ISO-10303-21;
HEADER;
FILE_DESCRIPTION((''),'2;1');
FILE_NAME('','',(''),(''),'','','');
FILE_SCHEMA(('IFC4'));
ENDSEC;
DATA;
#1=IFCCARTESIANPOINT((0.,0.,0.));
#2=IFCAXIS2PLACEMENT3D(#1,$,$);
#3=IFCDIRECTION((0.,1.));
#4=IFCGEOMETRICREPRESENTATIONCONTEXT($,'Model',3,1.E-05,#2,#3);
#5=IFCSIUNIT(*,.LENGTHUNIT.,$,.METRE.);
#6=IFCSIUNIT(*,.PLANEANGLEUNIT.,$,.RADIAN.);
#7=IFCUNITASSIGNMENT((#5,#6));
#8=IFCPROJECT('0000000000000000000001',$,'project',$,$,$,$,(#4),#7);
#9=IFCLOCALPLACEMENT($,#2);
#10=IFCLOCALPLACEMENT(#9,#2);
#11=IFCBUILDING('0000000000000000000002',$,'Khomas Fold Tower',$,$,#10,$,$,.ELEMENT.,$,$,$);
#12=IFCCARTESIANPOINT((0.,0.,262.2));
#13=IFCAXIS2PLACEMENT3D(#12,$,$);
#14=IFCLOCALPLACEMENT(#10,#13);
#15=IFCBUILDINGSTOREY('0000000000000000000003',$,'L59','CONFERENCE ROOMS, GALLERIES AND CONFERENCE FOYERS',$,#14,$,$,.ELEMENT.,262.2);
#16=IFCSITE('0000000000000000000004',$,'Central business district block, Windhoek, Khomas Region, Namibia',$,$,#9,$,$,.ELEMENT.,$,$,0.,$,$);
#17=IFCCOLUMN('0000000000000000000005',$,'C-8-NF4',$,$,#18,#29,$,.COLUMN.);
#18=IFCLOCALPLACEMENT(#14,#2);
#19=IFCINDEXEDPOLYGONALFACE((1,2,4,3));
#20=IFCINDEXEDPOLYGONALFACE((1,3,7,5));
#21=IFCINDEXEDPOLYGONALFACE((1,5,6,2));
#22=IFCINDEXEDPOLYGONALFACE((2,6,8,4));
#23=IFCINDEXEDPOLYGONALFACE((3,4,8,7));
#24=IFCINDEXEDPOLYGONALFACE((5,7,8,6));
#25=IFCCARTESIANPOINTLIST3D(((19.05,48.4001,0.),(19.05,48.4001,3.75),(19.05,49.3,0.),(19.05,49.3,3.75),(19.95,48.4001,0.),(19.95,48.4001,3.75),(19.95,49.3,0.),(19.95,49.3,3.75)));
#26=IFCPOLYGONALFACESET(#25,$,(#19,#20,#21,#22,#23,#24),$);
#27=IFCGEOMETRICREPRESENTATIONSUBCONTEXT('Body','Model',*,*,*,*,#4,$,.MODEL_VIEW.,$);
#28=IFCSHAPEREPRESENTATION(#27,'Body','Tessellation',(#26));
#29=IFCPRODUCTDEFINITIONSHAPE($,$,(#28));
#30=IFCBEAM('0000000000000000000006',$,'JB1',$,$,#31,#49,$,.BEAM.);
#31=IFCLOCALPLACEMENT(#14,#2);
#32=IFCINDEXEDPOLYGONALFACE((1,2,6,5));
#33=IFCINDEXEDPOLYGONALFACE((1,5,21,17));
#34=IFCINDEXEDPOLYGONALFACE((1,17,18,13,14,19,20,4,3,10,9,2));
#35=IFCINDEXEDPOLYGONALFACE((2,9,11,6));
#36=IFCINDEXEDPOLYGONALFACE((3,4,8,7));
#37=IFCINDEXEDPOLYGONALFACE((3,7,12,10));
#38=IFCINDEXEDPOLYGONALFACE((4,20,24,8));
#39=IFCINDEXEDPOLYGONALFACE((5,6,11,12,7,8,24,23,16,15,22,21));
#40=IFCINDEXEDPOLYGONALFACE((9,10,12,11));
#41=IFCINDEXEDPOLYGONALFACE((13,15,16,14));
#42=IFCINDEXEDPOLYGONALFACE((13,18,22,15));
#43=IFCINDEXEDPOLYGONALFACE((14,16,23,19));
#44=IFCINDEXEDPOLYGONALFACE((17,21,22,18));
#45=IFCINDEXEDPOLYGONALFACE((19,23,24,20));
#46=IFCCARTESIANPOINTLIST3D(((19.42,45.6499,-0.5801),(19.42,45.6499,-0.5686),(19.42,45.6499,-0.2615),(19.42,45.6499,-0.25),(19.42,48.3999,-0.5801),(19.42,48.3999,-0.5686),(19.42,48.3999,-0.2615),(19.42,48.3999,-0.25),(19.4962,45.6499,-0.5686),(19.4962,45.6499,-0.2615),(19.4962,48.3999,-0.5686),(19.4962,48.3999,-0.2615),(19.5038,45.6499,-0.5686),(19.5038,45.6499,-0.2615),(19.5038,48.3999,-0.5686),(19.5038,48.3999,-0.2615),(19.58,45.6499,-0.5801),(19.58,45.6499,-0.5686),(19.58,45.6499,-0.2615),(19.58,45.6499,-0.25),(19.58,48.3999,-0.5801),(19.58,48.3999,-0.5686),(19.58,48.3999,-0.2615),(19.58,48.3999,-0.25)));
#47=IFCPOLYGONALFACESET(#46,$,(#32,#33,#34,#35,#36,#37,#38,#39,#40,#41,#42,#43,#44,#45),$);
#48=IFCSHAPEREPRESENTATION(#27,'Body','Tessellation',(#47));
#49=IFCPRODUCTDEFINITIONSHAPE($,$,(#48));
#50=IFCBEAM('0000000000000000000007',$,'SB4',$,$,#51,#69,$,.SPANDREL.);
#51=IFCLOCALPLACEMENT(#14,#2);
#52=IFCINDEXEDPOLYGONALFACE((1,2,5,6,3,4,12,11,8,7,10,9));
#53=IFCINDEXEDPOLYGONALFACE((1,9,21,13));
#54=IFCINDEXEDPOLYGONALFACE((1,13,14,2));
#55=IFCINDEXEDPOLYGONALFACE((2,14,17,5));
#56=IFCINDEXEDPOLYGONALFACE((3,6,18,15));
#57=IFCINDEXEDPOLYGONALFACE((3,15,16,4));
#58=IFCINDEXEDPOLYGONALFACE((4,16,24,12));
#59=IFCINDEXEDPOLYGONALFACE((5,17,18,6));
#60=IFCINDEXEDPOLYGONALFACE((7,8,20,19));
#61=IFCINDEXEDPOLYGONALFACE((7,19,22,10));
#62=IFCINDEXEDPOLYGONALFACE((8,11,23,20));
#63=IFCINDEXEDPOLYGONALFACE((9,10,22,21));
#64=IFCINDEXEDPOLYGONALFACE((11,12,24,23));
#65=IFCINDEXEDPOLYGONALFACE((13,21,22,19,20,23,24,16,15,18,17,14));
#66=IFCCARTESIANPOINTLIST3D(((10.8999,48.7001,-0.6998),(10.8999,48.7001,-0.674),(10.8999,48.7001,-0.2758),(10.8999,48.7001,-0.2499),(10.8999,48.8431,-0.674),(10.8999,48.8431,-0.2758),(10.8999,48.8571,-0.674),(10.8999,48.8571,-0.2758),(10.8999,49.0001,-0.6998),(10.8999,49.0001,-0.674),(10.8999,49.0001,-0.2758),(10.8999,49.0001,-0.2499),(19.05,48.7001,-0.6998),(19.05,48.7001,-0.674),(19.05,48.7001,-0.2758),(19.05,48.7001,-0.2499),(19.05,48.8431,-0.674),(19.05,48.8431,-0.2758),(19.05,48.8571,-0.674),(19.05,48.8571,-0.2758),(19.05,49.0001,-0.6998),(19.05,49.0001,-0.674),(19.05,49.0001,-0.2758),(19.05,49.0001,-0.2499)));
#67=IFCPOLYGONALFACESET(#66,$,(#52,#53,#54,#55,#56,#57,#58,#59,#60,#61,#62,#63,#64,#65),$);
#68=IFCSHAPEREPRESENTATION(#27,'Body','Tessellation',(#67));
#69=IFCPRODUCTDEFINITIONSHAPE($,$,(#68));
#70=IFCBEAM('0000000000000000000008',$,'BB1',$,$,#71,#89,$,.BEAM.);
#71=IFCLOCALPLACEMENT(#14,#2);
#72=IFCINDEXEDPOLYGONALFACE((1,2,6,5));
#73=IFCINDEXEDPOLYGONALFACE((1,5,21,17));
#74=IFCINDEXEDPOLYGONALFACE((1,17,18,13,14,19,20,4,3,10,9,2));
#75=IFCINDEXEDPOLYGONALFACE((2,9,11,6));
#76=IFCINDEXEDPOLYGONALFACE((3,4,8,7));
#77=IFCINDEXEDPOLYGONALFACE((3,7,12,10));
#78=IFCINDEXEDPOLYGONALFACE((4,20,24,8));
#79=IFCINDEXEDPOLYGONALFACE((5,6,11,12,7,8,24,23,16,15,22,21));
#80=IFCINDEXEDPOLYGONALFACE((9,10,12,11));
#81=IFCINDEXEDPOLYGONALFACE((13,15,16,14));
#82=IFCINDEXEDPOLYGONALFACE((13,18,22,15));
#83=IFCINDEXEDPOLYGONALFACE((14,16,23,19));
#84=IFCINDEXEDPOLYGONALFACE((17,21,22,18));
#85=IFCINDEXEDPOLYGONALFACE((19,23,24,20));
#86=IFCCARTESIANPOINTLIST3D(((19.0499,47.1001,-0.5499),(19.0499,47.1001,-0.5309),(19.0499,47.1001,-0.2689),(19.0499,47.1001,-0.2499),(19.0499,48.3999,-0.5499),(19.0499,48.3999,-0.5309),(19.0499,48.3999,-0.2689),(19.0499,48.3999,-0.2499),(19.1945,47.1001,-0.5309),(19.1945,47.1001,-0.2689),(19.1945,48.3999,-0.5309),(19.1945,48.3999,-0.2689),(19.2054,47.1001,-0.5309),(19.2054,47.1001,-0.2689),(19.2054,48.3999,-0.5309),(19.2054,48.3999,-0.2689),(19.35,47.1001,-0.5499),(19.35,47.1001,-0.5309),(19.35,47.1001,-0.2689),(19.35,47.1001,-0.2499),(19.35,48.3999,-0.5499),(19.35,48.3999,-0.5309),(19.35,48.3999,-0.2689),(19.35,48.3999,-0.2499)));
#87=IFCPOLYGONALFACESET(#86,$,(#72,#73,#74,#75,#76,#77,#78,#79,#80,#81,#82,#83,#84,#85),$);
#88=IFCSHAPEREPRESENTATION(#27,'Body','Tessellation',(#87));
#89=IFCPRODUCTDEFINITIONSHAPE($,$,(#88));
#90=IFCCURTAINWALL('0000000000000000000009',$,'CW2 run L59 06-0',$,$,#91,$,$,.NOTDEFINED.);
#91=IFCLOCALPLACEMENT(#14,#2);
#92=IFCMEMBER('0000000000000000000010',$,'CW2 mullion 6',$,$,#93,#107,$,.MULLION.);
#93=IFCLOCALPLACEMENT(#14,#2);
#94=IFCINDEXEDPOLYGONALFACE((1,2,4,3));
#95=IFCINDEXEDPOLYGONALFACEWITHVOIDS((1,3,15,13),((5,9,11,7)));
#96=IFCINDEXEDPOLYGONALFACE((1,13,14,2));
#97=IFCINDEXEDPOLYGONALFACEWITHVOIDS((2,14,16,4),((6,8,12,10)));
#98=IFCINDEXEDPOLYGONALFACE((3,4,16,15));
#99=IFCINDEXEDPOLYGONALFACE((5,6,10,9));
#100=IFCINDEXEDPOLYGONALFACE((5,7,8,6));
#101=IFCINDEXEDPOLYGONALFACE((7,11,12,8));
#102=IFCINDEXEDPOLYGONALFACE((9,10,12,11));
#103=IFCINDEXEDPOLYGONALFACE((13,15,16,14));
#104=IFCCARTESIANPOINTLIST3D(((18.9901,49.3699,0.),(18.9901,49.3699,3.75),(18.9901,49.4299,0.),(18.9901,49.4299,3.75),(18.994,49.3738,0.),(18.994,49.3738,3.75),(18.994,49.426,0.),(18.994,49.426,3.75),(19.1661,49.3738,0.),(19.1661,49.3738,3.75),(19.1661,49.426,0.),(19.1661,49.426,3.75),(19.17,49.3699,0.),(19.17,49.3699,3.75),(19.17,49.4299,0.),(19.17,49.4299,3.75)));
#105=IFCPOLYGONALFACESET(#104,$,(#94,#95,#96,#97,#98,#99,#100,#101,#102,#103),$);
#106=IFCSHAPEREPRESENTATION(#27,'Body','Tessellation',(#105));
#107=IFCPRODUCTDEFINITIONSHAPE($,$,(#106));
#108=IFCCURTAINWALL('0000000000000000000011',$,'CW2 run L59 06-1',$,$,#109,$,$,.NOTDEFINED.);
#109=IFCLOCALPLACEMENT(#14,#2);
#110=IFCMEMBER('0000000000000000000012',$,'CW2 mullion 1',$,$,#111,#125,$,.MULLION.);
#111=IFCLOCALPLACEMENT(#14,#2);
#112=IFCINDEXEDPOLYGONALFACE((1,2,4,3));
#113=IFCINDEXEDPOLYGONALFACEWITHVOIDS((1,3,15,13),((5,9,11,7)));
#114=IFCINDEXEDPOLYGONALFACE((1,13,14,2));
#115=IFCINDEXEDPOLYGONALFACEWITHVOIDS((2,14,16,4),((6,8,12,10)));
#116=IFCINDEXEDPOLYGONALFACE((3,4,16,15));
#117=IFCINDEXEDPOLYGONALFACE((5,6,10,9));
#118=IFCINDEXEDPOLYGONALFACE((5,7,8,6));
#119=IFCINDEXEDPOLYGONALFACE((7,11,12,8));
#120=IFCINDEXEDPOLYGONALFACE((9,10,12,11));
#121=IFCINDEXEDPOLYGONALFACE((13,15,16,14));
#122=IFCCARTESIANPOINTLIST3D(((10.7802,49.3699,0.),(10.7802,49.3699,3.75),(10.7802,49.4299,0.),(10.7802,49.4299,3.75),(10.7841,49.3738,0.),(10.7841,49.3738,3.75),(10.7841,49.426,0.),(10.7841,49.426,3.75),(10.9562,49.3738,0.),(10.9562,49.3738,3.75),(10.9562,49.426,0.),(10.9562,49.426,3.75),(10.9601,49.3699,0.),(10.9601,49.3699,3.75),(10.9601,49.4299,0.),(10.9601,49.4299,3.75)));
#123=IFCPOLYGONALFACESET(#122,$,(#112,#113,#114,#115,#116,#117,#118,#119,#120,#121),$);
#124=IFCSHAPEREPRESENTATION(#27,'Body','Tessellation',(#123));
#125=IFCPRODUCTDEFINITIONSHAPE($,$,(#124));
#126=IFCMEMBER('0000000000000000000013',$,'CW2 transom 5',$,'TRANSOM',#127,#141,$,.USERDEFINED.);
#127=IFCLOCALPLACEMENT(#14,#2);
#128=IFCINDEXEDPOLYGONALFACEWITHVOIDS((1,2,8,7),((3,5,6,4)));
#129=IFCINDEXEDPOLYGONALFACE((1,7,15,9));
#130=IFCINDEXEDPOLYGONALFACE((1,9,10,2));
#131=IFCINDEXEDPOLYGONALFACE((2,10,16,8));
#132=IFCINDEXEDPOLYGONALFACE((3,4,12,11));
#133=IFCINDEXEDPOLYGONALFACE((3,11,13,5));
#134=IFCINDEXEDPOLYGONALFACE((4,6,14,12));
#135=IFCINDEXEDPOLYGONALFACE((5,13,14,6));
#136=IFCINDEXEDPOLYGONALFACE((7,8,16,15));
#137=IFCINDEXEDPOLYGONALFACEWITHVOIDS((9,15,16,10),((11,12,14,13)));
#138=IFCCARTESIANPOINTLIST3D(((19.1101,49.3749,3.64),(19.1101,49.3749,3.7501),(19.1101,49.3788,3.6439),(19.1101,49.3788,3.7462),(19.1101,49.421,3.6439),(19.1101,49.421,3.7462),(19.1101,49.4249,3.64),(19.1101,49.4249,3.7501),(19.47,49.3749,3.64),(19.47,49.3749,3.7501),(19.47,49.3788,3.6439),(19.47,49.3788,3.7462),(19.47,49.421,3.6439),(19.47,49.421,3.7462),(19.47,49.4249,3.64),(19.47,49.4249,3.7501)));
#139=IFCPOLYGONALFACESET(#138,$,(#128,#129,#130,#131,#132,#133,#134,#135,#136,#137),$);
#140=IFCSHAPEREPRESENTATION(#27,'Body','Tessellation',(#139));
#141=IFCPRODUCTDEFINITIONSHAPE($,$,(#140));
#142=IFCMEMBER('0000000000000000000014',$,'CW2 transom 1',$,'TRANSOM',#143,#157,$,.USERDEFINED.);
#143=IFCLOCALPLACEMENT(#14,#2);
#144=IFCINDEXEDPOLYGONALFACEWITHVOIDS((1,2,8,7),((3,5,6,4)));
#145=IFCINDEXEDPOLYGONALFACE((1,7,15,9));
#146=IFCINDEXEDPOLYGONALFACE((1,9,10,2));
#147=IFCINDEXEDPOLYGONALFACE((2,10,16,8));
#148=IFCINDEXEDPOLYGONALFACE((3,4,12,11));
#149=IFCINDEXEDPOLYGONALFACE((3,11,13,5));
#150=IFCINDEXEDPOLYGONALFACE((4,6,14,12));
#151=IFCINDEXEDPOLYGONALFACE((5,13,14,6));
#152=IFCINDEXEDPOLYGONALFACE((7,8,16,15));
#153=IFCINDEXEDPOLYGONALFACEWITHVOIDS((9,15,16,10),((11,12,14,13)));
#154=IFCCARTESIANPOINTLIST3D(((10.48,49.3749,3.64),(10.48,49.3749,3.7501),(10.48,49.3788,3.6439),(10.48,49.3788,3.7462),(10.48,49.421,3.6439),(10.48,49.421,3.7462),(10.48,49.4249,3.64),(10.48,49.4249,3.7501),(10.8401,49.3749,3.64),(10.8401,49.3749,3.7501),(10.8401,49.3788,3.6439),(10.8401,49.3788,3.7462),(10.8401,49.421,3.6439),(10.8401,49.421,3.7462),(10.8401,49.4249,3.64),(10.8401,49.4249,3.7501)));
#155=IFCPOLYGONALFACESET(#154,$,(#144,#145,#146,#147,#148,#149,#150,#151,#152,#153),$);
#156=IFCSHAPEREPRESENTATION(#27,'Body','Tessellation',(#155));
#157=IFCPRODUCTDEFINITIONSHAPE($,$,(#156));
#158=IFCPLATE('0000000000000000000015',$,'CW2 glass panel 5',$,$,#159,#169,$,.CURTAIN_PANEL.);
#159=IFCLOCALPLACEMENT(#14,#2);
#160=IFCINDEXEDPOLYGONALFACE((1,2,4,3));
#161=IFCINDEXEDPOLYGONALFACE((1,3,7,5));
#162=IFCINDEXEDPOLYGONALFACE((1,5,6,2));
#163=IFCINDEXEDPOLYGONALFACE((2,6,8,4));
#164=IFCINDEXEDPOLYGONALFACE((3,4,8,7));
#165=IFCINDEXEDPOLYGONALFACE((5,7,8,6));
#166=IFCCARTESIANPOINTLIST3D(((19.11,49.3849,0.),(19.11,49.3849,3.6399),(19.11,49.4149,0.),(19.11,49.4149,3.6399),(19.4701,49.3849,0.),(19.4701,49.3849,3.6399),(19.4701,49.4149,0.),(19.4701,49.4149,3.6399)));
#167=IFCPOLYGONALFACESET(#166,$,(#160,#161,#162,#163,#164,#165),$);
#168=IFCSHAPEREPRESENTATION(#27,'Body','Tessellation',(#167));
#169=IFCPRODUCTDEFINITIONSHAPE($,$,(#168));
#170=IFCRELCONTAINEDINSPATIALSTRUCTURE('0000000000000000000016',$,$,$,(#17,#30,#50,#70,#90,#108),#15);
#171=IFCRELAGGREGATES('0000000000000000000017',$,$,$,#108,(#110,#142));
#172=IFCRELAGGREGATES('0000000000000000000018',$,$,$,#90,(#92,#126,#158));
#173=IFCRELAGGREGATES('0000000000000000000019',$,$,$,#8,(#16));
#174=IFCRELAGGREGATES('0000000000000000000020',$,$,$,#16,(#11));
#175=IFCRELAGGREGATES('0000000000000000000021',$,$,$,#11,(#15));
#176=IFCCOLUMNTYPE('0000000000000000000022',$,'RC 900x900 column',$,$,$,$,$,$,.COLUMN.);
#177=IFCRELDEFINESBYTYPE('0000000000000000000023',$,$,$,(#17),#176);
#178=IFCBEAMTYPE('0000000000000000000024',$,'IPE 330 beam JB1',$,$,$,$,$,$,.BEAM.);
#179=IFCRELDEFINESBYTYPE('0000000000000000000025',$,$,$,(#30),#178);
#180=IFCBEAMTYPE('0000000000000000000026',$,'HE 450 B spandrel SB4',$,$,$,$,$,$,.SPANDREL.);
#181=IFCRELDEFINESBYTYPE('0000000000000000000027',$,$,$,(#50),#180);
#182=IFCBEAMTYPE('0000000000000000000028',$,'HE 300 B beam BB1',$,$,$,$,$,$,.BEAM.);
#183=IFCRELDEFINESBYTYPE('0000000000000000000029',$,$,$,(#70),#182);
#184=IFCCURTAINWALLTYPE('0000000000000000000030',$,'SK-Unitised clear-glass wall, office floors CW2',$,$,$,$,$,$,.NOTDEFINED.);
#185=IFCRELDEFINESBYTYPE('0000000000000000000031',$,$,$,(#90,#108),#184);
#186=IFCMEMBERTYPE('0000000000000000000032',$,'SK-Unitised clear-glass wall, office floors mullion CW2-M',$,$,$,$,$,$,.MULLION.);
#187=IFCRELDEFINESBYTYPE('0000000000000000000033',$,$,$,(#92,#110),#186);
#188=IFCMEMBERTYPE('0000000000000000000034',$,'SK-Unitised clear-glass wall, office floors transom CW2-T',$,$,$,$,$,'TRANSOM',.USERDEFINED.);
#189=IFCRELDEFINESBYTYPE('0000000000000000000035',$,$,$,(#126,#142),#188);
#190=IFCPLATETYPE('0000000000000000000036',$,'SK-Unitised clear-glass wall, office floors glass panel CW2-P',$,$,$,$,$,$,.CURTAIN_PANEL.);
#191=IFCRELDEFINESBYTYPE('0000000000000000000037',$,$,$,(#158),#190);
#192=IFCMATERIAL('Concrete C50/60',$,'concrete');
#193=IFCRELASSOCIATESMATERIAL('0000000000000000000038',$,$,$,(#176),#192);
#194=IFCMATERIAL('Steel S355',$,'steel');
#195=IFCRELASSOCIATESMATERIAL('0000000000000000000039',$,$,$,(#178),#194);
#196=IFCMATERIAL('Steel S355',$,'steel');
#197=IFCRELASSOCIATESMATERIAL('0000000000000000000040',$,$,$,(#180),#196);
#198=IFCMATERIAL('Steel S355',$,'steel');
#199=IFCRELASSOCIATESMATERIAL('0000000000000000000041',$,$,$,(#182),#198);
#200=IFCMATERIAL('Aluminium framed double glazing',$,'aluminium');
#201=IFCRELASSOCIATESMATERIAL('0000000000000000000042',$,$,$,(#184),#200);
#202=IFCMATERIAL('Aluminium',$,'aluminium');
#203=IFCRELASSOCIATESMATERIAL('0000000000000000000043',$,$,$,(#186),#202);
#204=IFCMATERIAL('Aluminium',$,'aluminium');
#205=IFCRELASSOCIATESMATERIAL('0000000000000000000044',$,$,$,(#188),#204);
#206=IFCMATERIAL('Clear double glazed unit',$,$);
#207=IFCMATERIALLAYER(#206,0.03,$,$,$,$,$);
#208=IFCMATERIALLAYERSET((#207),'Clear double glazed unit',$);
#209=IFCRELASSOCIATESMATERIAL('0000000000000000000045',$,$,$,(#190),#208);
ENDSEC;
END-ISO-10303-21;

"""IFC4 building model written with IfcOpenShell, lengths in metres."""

from ifc_helpers import new_model, si_unit, direction, frame, origin, origin_2d, place, context, subcontext, project, spatial, rectangle, hollow_rectangle, i_section, extrude, source, transform, mapped, material, layer, layer_set, material_profile, profile_set, type_object, element, aggregate, save


model = new_model("IFC4")

# Units and contexts
model_context = context("Model", 3, precision=1e-05, world=origin(), true_north=direction((0.0, 1.0)))
body_context = subcontext(model_context, "Body", "Model", "MODEL_VIEW")
ifc_project = project(units=[si_unit("LENGTHUNIT", "METRE"), si_unit("PLANEANGLEUNIT", "RADIAN")], contexts=[model_context])

# Site, building, storey
site_placement = place(None, origin())
site = spatial("IfcSite", under=ifc_project, at=site_placement, Name="Central business district block, Windhoek, Khomas Region, Namibia", CompositionType="ELEMENT", RefElevation=0.0)
building_placement = place(site_placement, origin())
building = spatial("IfcBuilding", under=site, at=building_placement, Name="Khomas Fold Tower", CompositionType="ELEMENT")
storey_placement = place(building_placement, frame((0.0, 0.0, 262.2)))
storey = spatial("IfcBuildingStorey", under=building, at=storey_placement, Name="L59", Description="CONFERENCE ROOMS, GALLERIES AND CONFERENCE FOYERS", CompositionType="ELEMENT", Elevation=262.2)

# Column
ifc_material_1 = material(Name="Concrete C50/60", Category="concrete")
ifc_material_profile_1 = material_profile(ifc_material_1, rectangle(XDim=0.8999, YDim=0.8999, at=origin_2d()), Name="RC 900x900")
ifc_profile_set_1 = profile_set([ifc_material_profile_1], Name="Concrete C50/60")
column_type = type_object("IfcColumnType", Name="RC 900x900 column", PredefinedType="COLUMN", material=ifc_profile_set_1)
shared_shape_1 = source(origin(), body_context, "Body", "SweptSolid", [
    extrude(rectangle(XDim=0.8999, YDim=0.8999, at=origin_2d()), origin(), (0.0, 0.0, 1.0), 3.75),
])
column_placement = place(storey_placement, frame((19.5, 48.8501, 0.0), z_axis=(0.0, 0.0, 1.0), x_axis=(1.0, 0.0, 0.0)))
element("IfcColumn", 1, at=column_placement, inside=storey, type_object=column_type, Name="C-8-NF4", PredefinedType="COLUMN", context=body_context, shape_type="MappedRepresentation", body=[
    mapped(shared_shape_1, transform((0.0, 0.0, 0.0))),
])

# Beams
ifc_material_2 = material(Name="Steel S355", Category="steel")
ifc_material_profile_2 = material_profile(ifc_material_2, i_section(OverallWidth=0.1599, OverallDepth=0.3301, WebThickness=0.0076, FlangeThickness=0.0115, at=origin_2d()), Name="IPE 330")
ifc_profile_set_2 = profile_set([ifc_material_profile_2], Name="Steel S355")
beam_type_1 = type_object("IfcBeamType", Name="IPE 330 beam JB1", PredefinedType="BEAM", material=ifc_profile_set_2)
shared_shape_2 = source(origin(), body_context, "Body", "SweptSolid", [
    extrude(i_section(OverallWidth=0.1599, OverallDepth=0.3301, WebThickness=0.0076, FlangeThickness=0.0115, at=origin_2d()), origin(), (0.0, 0.0, 1.0), 2.75),
])
beam_1_placement = place(storey_placement, frame((19.5, 45.6499, -0.415), z_axis=(0.0, 1.0, 0.0), x_axis=(-1.0, 0.0, 0.0)))
element("IfcBeam", 2, at=beam_1_placement, inside=storey, type_object=beam_type_1, Name="JB1", PredefinedType="BEAM", context=body_context, shape_type="MappedRepresentation", body=[
    mapped(shared_shape_2, transform((0.0, 0.0, 0.0))),
])
ifc_material_3 = material(Name="Steel S355", Category="steel")
ifc_material_profile_3 = material_profile(ifc_material_3, i_section(OverallWidth=0.3, OverallDepth=0.45, WebThickness=0.0139, FlangeThickness=0.0259, at=origin_2d()), Name="HE 450 B")
ifc_profile_set_3 = profile_set([ifc_material_profile_3], Name="Steel S355")
beam_type_2 = type_object("IfcBeamType", Name="HE 450 B spandrel SB4", PredefinedType="SPANDREL", material=ifc_profile_set_3)
shared_shape_3 = source(origin(), body_context, "Body", "SweptSolid", [
    extrude(i_section(OverallWidth=0.3, OverallDepth=0.45, WebThickness=0.0139, FlangeThickness=0.0259, at=origin_2d()), origin(), (0.0, 0.0, 1.0), 8.1501),
])
beam_2_placement = place(storey_placement, frame((10.8999, 48.8501, -0.4749), z_axis=(1.0, 0.0, 0.0), x_axis=(0.0, 1.0, 0.0)))
element("IfcBeam", 3, at=beam_2_placement, inside=storey, type_object=beam_type_2, Name="SB4", PredefinedType="SPANDREL", context=body_context, shape_type="MappedRepresentation", body=[
    mapped(shared_shape_3, transform((0.0, 0.0, 0.0))),
])
ifc_material_4 = material(Name="Steel S355", Category="steel")
ifc_material_profile_4 = material_profile(ifc_material_4, i_section(OverallWidth=0.3, OverallDepth=0.3, WebThickness=0.011, FlangeThickness=0.019, at=origin_2d()), Name="HE 300 B")
ifc_profile_set_4 = profile_set([ifc_material_profile_4], Name="Steel S355")
beam_type_3 = type_object("IfcBeamType", Name="HE 300 B beam BB1", PredefinedType="BEAM", material=ifc_profile_set_4)
shared_shape_4 = source(origin(), body_context, "Body", "SweptSolid", [
    extrude(i_section(OverallWidth=0.3, OverallDepth=0.3, WebThickness=0.011, FlangeThickness=0.019, at=origin_2d()), origin(), (0.0, 0.0, 1.0), 1.2998),
])
beam_3_placement = place(storey_placement, frame((19.2, 47.1001, -0.3999), z_axis=(0.0, 1.0, 0.0), x_axis=(-1.0, 0.0, 0.0)))
element("IfcBeam", 4, at=beam_3_placement, inside=storey, type_object=beam_type_3, Name="BB1", PredefinedType="BEAM", context=body_context, shape_type="MappedRepresentation", body=[
    mapped(shared_shape_4, transform((0.0, 0.0, 0.0))),
])

# Curtain walls, members
ifc_material_5 = material(Name="Aluminium framed double glazing", Category="aluminium")
curtain_wall_type = type_object("IfcCurtainWallType", Name="SK-Unitised clear-glass wall, office floors CW2", PredefinedType="NOTDEFINED", material=ifc_material_5)
curtain_wall_1_placement = place(storey_placement, origin())
curtain_wall_1 = element("IfcCurtainWall", 5, at=curtain_wall_1_placement, inside=storey, type_object=curtain_wall_type, Name="CW2 run L59 06-0", PredefinedType="NOTDEFINED")
ifc_material_6 = material(Name="Aluminium", Category="aluminium")
ifc_material_profile_5 = material_profile(ifc_material_6, hollow_rectangle(XDim=0.0601, YDim=0.1799, WallThickness=0.0039, at=origin_2d()), Name="SK-Unitised clear-glass wall, office floors mullion CW2-M")
ifc_profile_set_5 = profile_set([ifc_material_profile_5], Name="Aluminium")
member_type_1 = type_object("IfcMemberType", Name="SK-Unitised clear-glass wall, office floors mullion CW2-M", PredefinedType="MULLION", material=ifc_profile_set_5)
shared_shape_5 = source(origin(), body_context, "Body", "SweptSolid", [
    extrude(hollow_rectangle(XDim=0.0601, YDim=0.1799, WallThickness=0.0039, at=origin_2d()), origin(), (0.0, 0.0, 1.0), 3.75),
])
member_1_placement = place(storey_placement, frame((19.0801, 49.3999, 0.0), z_axis=(0.0, 0.0, 1.0), x_axis=(0.0, -1.0, 0.0)))
member_1 = element("IfcMember", 6, at=member_1_placement, type_object=member_type_1, Name="CW2 mullion 6", PredefinedType="MULLION", context=body_context, shape_type="MappedRepresentation", body=[
    mapped(shared_shape_5, transform((0.0, 0.0, 0.0))),
])
curtain_wall_2_placement = place(storey_placement, origin())
curtain_wall_2 = element("IfcCurtainWall", 7, at=curtain_wall_2_placement, inside=storey, type_object=curtain_wall_type, Name="CW2 run L59 06-1", PredefinedType="NOTDEFINED")
member_2_placement = place(storey_placement, frame((10.8701, 49.3999, 0.0), z_axis=(0.0, 0.0, 1.0), x_axis=(0.0, -1.0, 0.0)))
member_2 = element("IfcMember", 8, at=member_2_placement, type_object=member_type_1, Name="CW2 mullion 1", PredefinedType="MULLION", context=body_context, shape_type="MappedRepresentation", body=[
    mapped(shared_shape_5, transform((0.0, 0.0, 0.0))),
])

# Members
ifc_material_7 = material(Name="Aluminium", Category="aluminium")
ifc_material_profile_6 = material_profile(ifc_material_7, hollow_rectangle(XDim=0.05, YDim=0.1101, WallThickness=0.0039, at=origin_2d()), Name="SK-Unitised clear-glass wall, office floors transom CW2-T")
ifc_profile_set_6 = profile_set([ifc_material_profile_6], Name="Aluminium")
member_type_2 = type_object("IfcMemberType", Name="SK-Unitised clear-glass wall, office floors transom CW2-T", ElementType="TRANSOM", PredefinedType="USERDEFINED", material=ifc_profile_set_6)
shared_shape_6 = source(origin(), body_context, "Body", "SweptSolid", [
    extrude(hollow_rectangle(XDim=0.05, YDim=0.1101, WallThickness=0.0039, at=origin_2d()), origin(), (0.0, 0.0, 1.0), 0.3599),
])
member_3_placement = place(storey_placement, frame((19.47, 49.3999, 3.6951), z_axis=(-1.0, 0.0, 0.0), x_axis=(0.0, -1.0, 0.0)))
member_3 = element("IfcMember", 9, at=member_3_placement, type_object=member_type_2, Name="CW2 transom 5", ObjectType="TRANSOM", PredefinedType="USERDEFINED", context=body_context, shape_type="MappedRepresentation", body=[
    mapped(shared_shape_6, transform((0.0, 0.0, 0.0))),
])
shared_shape_7 = source(origin(), body_context, "Body", "SweptSolid", [
    extrude(hollow_rectangle(XDim=0.05, YDim=0.1101, WallThickness=0.0039, at=origin_2d()), origin(), (0.0, 0.0, 1.0), 0.3601),
])
member_4_placement = place(storey_placement, frame((10.8401, 49.3999, 3.6951), z_axis=(-1.0, 0.0, 0.0), x_axis=(0.0, -1.0, 0.0)))
member_4 = element("IfcMember", 10, at=member_4_placement, type_object=member_type_2, Name="CW2 transom 1", ObjectType="TRANSOM", PredefinedType="USERDEFINED", context=body_context, shape_type="MappedRepresentation", body=[
    mapped(shared_shape_7, transform((0.0, 0.0, 0.0))),
])
aggregate(curtain_wall_2, [member_2, member_4])

# Plate
ifc_material_8 = material(Name="Clear double glazed unit")
ifc_layer_1 = layer(ifc_material_8, 0.03)
ifc_layer_set_1 = layer_set([ifc_layer_1], Name="Clear double glazed unit")
plate_type = type_object("IfcPlateType", Name="SK-Unitised clear-glass wall, office floors glass panel CW2-P", PredefinedType="CURTAIN_PANEL", material=ifc_layer_set_1)
shared_shape_8 = source(origin(), body_context, "Body", "SweptSolid", [
    extrude(rectangle(XDim=0.3601, YDim=0.03, at=origin_2d()), origin(), (0.0, 0.0, 1.0), 3.6399),
])
plate_placement = place(storey_placement, frame((19.29, 49.3999, 0.0), z_axis=(0.0, 0.0, 1.0), x_axis=(-1.0, 0.0, 0.0)))
plate = element("IfcPlate", 11, at=plate_placement, type_object=plate_type, Name="CW2 glass panel 5", PredefinedType="CURTAIN_PANEL", context=body_context, shape_type="MappedRepresentation", body=[
    mapped(shared_shape_8, transform((0.0, 0.0, 0.0))),
])
aggregate(curtain_wall_1, [member_1, member_3, plate])

save(model, "model.ifc")
